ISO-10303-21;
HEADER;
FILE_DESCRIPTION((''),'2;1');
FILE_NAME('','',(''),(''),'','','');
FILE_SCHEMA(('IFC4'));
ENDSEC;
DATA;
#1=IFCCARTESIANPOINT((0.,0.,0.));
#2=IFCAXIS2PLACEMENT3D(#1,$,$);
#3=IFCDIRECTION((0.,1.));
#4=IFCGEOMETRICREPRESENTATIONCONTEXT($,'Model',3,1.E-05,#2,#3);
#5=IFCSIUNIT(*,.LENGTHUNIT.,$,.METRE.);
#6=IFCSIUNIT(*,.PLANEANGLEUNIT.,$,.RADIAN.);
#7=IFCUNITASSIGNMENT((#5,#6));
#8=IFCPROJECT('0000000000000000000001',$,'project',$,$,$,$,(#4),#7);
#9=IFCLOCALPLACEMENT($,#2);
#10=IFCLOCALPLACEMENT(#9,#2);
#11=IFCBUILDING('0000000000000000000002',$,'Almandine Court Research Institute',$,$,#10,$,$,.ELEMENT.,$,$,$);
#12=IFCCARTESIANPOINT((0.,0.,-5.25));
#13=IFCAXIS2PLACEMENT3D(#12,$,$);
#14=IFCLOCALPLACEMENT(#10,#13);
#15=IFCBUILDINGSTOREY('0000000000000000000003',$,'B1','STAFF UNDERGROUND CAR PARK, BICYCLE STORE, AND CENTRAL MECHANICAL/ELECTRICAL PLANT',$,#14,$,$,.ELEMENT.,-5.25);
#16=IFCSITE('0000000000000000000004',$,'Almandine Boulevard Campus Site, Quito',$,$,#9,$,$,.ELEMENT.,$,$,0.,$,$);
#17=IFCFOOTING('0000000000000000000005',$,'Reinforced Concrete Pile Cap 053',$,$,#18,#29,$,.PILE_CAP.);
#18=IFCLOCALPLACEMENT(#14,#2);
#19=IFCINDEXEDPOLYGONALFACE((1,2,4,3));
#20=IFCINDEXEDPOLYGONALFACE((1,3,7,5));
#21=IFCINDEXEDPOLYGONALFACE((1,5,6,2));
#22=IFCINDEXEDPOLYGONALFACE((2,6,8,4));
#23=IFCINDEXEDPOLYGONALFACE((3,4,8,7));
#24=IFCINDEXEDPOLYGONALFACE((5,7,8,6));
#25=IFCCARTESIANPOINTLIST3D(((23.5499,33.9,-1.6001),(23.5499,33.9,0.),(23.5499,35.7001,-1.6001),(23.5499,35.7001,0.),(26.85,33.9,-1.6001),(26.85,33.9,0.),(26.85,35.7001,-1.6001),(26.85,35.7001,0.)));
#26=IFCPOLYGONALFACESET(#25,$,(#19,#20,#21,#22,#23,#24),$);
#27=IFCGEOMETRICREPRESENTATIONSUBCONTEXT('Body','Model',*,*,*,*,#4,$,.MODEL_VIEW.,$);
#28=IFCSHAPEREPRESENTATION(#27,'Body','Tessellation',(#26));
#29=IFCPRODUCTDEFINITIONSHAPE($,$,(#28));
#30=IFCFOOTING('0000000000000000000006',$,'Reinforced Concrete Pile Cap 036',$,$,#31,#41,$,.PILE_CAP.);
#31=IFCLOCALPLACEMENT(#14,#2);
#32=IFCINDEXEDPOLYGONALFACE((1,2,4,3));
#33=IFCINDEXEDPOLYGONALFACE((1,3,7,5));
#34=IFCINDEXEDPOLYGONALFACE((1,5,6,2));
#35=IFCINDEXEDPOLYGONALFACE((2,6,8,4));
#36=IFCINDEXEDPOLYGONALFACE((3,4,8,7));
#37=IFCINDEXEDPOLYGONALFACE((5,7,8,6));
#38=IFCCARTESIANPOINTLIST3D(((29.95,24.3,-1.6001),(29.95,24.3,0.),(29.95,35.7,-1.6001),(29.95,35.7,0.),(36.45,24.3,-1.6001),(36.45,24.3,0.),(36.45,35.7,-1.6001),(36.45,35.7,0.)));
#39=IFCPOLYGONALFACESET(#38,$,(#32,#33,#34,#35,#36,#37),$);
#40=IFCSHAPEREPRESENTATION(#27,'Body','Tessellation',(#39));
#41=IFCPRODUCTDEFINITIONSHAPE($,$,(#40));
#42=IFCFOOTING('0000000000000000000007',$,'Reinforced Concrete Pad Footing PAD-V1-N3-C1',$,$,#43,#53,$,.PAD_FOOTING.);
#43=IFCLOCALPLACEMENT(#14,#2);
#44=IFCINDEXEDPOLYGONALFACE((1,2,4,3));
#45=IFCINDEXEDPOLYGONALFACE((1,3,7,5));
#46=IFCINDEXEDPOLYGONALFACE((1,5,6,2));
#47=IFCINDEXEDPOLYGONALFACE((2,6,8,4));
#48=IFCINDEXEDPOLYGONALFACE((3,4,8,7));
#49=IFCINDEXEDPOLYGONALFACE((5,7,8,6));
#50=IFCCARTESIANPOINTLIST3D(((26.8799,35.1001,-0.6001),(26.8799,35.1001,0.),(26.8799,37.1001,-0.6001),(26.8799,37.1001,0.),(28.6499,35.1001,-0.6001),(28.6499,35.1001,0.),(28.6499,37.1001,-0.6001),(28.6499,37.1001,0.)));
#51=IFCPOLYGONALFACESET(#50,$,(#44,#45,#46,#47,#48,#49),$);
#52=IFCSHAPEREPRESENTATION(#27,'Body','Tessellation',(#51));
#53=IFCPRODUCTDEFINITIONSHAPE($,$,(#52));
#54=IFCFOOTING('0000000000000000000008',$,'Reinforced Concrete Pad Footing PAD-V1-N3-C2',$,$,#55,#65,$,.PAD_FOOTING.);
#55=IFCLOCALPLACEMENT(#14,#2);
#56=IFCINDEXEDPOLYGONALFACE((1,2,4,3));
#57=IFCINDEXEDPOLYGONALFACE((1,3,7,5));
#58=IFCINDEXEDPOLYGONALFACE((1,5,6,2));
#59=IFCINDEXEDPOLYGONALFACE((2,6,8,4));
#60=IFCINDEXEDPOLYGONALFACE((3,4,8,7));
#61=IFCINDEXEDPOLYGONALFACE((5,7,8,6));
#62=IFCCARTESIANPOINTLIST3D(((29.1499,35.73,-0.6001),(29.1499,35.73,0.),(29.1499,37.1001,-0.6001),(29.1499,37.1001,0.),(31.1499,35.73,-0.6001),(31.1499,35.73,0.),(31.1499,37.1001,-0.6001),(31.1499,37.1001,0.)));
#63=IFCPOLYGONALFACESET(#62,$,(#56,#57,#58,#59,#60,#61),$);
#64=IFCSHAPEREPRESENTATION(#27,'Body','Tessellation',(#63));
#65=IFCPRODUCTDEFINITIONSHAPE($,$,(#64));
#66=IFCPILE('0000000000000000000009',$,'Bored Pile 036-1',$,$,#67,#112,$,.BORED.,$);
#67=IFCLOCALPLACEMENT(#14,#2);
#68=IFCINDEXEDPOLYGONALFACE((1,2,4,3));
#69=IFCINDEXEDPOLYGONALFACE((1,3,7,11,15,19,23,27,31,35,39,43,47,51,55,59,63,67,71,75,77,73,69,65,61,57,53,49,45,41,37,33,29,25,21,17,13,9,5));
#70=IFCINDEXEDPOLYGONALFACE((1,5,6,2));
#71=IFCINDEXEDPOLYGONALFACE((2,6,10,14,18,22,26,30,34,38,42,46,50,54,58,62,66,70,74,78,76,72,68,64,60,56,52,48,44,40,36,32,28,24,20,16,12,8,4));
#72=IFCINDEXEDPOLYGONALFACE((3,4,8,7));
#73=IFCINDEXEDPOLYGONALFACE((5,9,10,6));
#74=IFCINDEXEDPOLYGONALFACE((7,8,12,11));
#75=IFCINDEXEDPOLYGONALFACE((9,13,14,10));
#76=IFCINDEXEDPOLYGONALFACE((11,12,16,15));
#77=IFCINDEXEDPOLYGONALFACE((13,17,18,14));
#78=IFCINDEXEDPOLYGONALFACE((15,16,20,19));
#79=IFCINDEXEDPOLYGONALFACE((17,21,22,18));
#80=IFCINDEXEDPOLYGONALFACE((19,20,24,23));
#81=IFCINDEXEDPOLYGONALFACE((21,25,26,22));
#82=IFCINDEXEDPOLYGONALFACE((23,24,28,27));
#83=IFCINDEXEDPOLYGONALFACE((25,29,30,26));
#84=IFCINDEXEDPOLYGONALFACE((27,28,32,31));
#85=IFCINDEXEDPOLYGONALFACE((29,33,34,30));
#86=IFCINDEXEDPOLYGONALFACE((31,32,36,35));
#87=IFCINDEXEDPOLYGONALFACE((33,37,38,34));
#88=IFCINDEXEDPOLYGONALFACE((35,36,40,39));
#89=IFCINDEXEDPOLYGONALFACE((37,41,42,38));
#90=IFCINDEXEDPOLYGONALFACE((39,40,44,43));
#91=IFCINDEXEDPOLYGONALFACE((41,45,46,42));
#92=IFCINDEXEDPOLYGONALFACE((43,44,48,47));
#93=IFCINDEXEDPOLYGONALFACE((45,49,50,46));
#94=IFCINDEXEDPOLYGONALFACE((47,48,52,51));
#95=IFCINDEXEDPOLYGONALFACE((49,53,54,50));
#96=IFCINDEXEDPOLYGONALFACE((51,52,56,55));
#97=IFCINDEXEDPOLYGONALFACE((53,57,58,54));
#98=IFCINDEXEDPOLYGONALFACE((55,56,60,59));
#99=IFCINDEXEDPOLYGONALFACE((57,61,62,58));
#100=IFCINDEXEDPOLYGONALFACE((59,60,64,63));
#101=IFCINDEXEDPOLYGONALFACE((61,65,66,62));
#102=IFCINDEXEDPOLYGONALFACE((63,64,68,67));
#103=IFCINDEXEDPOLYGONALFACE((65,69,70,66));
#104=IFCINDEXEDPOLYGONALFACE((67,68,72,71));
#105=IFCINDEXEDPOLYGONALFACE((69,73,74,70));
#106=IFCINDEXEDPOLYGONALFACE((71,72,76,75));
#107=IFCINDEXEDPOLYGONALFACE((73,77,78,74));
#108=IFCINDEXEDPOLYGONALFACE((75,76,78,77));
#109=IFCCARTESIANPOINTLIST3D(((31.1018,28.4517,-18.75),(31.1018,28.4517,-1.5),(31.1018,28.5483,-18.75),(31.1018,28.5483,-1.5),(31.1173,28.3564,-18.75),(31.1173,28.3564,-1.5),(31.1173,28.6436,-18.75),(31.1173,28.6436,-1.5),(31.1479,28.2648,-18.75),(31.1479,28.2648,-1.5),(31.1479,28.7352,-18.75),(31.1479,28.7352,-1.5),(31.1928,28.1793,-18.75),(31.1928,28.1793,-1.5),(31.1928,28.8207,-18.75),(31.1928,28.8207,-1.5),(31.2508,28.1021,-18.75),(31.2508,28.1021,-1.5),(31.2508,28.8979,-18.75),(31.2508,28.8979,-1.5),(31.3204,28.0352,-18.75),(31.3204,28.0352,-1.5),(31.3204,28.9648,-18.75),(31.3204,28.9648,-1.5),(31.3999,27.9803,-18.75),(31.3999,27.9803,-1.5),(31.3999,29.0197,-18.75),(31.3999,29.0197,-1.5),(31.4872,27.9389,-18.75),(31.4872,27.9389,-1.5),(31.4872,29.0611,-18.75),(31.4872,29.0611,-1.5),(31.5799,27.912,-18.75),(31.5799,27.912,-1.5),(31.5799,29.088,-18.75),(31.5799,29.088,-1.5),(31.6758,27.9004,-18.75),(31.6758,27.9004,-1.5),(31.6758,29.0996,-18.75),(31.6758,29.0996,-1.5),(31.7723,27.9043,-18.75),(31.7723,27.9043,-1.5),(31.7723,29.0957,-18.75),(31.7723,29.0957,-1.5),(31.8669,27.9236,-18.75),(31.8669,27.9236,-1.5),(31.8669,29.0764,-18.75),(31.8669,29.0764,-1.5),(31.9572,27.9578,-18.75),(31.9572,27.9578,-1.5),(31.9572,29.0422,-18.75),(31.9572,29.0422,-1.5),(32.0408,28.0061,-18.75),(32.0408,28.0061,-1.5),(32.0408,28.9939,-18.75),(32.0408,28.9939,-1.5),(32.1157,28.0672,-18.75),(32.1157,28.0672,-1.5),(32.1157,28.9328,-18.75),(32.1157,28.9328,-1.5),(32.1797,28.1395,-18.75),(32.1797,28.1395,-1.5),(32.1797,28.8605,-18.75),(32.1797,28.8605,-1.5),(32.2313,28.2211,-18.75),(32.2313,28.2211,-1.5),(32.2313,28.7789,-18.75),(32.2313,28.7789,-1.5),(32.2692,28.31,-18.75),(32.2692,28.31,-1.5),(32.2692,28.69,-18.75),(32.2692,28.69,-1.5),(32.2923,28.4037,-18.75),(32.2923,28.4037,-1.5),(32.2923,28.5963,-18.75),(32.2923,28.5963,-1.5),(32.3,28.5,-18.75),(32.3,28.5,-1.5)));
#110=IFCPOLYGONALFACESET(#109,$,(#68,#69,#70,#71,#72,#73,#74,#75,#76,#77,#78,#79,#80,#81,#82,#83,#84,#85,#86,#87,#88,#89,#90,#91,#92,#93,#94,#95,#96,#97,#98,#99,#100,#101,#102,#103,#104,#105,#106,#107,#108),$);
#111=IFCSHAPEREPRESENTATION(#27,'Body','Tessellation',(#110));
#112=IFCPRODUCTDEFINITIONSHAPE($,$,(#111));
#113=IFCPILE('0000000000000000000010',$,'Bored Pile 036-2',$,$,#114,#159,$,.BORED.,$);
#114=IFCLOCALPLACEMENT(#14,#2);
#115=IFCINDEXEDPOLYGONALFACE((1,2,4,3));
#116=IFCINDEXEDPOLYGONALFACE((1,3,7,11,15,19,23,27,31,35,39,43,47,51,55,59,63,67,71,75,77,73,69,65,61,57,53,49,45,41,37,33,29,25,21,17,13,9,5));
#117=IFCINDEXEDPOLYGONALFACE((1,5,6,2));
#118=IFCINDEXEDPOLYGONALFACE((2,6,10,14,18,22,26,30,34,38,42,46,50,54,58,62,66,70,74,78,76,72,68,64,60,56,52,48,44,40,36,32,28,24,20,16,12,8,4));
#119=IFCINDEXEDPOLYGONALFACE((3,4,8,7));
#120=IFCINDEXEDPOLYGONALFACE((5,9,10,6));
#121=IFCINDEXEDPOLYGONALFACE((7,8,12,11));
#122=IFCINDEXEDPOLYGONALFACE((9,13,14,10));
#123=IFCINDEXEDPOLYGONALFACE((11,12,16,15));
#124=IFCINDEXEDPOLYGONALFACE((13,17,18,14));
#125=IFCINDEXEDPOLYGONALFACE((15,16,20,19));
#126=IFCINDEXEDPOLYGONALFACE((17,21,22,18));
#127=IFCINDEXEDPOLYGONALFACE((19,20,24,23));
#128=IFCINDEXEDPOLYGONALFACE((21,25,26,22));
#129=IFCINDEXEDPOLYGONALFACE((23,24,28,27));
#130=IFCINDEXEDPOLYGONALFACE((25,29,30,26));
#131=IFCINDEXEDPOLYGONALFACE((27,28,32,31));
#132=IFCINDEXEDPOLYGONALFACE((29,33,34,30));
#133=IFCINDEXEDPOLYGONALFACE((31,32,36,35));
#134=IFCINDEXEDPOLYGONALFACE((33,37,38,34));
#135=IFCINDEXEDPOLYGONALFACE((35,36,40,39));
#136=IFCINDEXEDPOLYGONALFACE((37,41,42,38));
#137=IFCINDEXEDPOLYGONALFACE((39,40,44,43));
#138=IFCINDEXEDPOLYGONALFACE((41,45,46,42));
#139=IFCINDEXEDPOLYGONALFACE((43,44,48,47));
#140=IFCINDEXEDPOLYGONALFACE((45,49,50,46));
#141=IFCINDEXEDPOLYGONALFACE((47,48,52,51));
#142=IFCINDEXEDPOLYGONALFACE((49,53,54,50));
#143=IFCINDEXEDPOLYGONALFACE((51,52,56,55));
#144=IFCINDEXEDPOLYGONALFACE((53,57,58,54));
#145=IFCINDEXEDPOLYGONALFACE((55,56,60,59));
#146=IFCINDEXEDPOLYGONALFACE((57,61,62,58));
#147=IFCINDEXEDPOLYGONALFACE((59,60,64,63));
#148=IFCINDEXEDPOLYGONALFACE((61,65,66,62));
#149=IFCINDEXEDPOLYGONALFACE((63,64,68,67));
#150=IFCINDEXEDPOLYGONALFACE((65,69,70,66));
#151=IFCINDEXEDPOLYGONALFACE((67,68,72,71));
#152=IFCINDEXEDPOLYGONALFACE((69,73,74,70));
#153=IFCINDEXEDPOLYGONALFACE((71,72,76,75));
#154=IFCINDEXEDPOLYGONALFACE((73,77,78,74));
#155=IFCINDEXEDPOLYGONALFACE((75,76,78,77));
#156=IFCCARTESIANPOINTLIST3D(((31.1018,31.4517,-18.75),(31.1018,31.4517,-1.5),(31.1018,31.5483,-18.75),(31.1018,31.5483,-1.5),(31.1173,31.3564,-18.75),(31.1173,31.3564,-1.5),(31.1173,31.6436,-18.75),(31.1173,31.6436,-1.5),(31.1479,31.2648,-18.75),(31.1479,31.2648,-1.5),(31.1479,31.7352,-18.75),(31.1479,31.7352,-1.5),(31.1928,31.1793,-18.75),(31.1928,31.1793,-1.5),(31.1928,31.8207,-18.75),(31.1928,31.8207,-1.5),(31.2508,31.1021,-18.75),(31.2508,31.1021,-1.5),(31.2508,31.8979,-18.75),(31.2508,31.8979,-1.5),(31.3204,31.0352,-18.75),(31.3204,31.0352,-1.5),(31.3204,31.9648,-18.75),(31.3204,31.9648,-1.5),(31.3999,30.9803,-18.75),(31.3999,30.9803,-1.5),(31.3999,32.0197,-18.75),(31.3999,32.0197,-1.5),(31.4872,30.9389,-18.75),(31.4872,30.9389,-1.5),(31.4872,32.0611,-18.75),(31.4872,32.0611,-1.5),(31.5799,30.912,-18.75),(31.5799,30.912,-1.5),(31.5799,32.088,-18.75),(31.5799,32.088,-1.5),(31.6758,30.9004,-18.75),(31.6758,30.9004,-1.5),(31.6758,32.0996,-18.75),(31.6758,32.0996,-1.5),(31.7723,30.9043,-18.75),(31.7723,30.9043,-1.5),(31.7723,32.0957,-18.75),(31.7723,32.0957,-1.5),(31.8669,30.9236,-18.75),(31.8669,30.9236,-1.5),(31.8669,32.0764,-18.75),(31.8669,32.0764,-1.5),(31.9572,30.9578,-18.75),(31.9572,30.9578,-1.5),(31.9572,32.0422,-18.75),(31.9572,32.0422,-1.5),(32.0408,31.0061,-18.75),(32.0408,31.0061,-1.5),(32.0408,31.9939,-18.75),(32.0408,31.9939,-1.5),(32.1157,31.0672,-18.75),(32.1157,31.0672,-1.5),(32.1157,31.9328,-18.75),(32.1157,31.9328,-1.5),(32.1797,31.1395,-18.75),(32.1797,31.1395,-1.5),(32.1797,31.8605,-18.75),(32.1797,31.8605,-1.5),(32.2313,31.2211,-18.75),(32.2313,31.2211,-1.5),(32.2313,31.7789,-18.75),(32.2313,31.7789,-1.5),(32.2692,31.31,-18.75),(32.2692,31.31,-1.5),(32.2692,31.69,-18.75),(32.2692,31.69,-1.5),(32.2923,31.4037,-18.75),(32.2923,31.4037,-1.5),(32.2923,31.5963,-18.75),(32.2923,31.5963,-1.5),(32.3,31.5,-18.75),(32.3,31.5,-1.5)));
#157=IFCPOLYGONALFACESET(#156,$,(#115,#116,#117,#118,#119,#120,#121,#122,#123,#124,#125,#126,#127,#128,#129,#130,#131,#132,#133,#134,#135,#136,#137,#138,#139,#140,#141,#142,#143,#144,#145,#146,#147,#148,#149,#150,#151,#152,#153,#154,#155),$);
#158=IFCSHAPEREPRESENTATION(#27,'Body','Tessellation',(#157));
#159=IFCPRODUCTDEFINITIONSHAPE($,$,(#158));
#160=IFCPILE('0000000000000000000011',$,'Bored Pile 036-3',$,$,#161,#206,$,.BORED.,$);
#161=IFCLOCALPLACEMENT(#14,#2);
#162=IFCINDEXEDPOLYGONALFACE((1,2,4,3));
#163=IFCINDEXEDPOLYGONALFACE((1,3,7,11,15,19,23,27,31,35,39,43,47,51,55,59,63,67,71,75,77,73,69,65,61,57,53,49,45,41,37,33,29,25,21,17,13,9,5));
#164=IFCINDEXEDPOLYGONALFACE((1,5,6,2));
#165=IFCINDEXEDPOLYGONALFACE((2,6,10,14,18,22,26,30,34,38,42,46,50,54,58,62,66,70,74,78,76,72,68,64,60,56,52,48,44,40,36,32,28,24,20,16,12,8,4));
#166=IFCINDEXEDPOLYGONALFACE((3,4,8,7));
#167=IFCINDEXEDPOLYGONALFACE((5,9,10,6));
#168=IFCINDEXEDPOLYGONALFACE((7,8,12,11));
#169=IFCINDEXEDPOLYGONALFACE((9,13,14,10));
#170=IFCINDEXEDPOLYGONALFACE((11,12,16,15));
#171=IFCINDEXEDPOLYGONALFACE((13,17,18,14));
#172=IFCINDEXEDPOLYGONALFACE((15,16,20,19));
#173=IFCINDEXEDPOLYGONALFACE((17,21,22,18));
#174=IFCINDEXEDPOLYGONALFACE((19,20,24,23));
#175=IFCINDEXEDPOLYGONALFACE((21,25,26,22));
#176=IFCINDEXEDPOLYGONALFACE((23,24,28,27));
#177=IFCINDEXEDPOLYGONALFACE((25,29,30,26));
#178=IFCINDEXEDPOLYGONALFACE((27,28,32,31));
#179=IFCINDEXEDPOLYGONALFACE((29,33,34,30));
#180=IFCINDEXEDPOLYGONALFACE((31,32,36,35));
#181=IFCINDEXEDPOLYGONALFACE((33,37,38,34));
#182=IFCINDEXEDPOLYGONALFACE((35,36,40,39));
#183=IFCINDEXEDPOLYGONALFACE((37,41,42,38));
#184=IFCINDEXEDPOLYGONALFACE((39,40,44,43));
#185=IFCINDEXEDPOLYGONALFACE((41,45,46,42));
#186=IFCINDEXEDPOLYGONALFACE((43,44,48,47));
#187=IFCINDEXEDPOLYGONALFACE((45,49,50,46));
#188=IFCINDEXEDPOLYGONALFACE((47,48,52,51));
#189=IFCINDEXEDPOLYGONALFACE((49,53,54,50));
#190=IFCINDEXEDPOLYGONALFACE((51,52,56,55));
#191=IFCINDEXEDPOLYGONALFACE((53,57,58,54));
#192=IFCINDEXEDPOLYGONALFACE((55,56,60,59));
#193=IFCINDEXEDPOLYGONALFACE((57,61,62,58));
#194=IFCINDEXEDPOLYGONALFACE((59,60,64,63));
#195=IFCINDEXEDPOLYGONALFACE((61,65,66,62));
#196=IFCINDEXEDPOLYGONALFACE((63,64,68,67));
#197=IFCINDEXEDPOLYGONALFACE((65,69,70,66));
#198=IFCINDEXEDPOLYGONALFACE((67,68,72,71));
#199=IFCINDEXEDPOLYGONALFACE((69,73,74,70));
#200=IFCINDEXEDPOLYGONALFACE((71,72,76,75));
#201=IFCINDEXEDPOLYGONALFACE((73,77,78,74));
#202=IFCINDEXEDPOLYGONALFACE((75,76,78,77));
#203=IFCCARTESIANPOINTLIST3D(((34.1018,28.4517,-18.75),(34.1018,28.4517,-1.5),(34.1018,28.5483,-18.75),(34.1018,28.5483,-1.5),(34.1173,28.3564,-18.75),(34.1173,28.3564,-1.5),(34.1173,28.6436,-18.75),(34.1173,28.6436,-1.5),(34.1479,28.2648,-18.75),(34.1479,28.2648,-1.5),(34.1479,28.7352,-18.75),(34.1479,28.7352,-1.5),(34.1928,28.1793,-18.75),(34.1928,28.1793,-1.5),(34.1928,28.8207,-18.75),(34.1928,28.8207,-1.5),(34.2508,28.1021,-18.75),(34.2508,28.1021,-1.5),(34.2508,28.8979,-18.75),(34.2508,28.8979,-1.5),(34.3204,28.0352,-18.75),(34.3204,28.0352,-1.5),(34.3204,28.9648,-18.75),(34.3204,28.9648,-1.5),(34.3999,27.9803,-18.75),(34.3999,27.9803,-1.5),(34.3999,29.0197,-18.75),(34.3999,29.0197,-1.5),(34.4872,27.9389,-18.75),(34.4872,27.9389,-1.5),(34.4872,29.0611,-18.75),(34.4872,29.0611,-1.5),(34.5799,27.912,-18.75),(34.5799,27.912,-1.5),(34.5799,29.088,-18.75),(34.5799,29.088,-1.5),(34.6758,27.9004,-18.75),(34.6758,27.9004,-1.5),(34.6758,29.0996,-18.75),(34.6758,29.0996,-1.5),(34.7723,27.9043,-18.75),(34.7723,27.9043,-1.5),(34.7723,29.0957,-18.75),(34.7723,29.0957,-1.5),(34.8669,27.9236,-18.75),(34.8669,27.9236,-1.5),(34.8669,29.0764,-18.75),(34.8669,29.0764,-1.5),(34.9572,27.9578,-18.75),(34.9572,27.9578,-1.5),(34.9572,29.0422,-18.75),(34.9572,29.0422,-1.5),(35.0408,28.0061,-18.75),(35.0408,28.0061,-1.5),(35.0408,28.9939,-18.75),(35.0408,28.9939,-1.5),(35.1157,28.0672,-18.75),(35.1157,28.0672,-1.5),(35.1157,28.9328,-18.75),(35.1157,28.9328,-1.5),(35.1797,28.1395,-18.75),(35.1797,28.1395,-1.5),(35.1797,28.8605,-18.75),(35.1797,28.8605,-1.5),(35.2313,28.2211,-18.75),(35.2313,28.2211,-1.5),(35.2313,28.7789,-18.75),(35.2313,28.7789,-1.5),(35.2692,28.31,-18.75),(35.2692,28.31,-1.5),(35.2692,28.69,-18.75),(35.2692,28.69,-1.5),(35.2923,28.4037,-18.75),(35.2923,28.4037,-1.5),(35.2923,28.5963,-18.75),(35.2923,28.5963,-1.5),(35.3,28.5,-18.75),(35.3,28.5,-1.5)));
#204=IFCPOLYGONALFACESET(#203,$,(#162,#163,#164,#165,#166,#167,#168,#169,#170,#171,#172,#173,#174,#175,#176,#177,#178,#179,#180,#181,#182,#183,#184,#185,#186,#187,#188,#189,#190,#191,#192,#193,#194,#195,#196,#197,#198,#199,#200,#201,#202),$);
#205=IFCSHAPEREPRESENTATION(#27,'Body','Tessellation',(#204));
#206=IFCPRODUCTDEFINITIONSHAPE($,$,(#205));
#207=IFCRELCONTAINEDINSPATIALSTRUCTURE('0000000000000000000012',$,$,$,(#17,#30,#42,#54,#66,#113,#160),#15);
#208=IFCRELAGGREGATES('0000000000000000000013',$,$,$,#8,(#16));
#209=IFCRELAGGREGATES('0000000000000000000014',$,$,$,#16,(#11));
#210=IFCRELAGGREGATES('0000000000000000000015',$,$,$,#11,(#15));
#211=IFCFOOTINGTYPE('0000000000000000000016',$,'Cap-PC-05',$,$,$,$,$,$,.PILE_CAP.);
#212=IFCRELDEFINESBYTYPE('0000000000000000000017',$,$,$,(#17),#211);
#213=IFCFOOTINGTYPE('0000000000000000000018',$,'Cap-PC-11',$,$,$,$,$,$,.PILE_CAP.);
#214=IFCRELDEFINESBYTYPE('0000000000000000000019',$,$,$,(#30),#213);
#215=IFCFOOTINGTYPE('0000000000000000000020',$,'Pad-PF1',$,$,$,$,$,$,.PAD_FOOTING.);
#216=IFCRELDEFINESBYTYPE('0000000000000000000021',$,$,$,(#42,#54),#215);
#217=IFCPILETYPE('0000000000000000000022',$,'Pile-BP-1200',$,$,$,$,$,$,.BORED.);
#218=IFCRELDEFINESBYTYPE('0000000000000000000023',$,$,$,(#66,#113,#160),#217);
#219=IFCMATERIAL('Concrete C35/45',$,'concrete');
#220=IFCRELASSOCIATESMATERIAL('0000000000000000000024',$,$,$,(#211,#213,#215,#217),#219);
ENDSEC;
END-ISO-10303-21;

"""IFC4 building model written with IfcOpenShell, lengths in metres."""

from ifc_helpers import new_model, si_unit, direction, frame, origin, origin_2d, place, context, subcontext, project, spatial, rectangle, circle, extrude, material, material_profile, profile_set, type_object, element, save


model = new_model("IFC4")

# Units and contexts
model_context = context("Model", 3, precision=1e-05, world=origin(), true_north=direction((0.0, 1.0)))
body_context = subcontext(model_context, "Body", "Model", "MODEL_VIEW")
ifc_project = project(units=[si_unit("LENGTHUNIT", "METRE"), si_unit("PLANEANGLEUNIT", "RADIAN")], contexts=[model_context])

# Site, building, storey
site_placement = place(None, origin())
site = spatial("IfcSite", under=ifc_project, at=site_placement, Name="Almandine Boulevard Campus Site, Quito", CompositionType="ELEMENT", RefElevation=0.0)
building_placement = place(site_placement, origin())
building = spatial("IfcBuilding", under=site, at=building_placement, Name="Almandine Court Research Institute", CompositionType="ELEMENT")
storey_placement = place(building_placement, frame((0.0, 0.0, -5.25)))
storey = spatial("IfcBuildingStorey", under=building, at=storey_placement, Name="B1", Description="STAFF UNDERGROUND CAR PARK, BICYCLE STORE, AND CENTRAL MECHANICAL/ELECTRICAL PLANT", CompositionType="ELEMENT", Elevation=-5.25)

# Footings
ifc_material_1 = material(Name="Concrete C35/45", Category="concrete")
footing_type_1 = type_object("IfcFootingType", Name="Cap-PC-05", PredefinedType="PILE_CAP", material=ifc_material_1)
footing_1_placement = place(storey_placement, frame((25.2, 34.8, -1.6001), z_axis=(0.0, 0.0, 1.0), x_axis=(1.0, 0.0, 0.0)))
element("IfcFooting", 1, at=footing_1_placement, inside=storey, type_object=footing_type_1, Name="Reinforced Concrete Pile Cap 053", PredefinedType="PILE_CAP", context=body_context, shape_type="SweptSolid", body=[
    extrude(rectangle(XDim=3.3, YDim=1.8, at=origin_2d()), origin(), (0.0, 0.0, 1.0), 1.6001),
])
footing_type_2 = type_object("IfcFootingType", Name="Cap-PC-11", PredefinedType="PILE_CAP", material=ifc_material_1)
footing_2_placement = place(storey_placement, frame((33.2, 30.0, -1.6001), z_axis=(0.0, 0.0, 1.0), x_axis=(1.0, 0.0, 0.0)))
element("IfcFooting", 2, at=footing_2_placement, inside=storey, type_object=footing_type_2, Name="Reinforced Concrete Pile Cap 036", PredefinedType="PILE_CAP", context=body_context, shape_type="SweptSolid", body=[
    extrude(rectangle(XDim=6.5, YDim=11.3999, at=origin_2d()), origin(), (0.0, 0.0, 1.0), 1.6001),
])
footing_type_3 = type_object("IfcFootingType", Name="Pad-PF1", PredefinedType="PAD_FOOTING", material=ifc_material_1)
footing_3_placement = place(storey_placement, frame((27.7649, 36.1001, -0.6001), z_axis=(0.0, 0.0, 1.0), x_axis=(1.0, 0.0, 0.0)))
element("IfcFooting", 3, at=footing_3_placement, inside=storey, type_object=footing_type_3, Name="Reinforced Concrete Pad Footing PAD-V1-N3-C1", PredefinedType="PAD_FOOTING", context=body_context, shape_type="SweptSolid", body=[
    extrude(rectangle(XDim=1.77, YDim=2.0, at=origin_2d()), origin(), (0.0, 0.0, 1.0), 0.6001),
])
footing_4_placement = place(storey_placement, frame((30.1499, 36.415, -0.6001), z_axis=(0.0, 0.0, 1.0), x_axis=(1.0, 0.0, 0.0)))
element("IfcFooting", 4, at=footing_4_placement, inside=storey, type_object=footing_type_3, Name="Reinforced Concrete Pad Footing PAD-V1-N3-C2", PredefinedType="PAD_FOOTING", context=body_context, shape_type="SweptSolid", body=[
    extrude(rectangle(XDim=2.0, YDim=1.3701, at=origin_2d()), origin(), (0.0, 0.0, 1.0), 0.6001),
])

# Piles
ifc_material_profile_1 = material_profile(ifc_material_1, circle(Radius=0.6001, at=origin_2d()), Name="BORED PILE D1200")
ifc_profile_set_1 = profile_set([ifc_material_profile_1], Name="Concrete C35/45")
pile_type_1 = type_object("IfcPileType", Name="Pile-BP-1200", PredefinedType="BORED", material=ifc_profile_set_1)
for number, where, z_axis, x_axis, name in (
    (5, (31.7, 28.5, -1.5), (0.0, 0.0, -1.0), (1.0, 0.0, 0.0), "Bored Pile 036-1"),
    (6, (31.7, 31.5, -1.5), (0.0, 0.0, -1.0), (1.0, 0.0, 0.0), "Bored Pile 036-2"),
    (7, (34.7, 28.5, -1.5), (0.0, 0.0, -1.0), (1.0, 0.0, 0.0), "Bored Pile 036-3"),
):
    element("IfcPile", number, at=place(storey_placement, frame(where, z_axis=z_axis, x_axis=x_axis)), inside=storey, type_object=pile_type_1, Name=name, PredefinedType="BORED", context=body_context, shape_type="SweptSolid", body=[
        extrude(circle(Radius=0.6001, at=origin_2d()), origin(), (0.0, 0.0, 1.0), 17.25),
    ])

save(model, "model.ifc")
